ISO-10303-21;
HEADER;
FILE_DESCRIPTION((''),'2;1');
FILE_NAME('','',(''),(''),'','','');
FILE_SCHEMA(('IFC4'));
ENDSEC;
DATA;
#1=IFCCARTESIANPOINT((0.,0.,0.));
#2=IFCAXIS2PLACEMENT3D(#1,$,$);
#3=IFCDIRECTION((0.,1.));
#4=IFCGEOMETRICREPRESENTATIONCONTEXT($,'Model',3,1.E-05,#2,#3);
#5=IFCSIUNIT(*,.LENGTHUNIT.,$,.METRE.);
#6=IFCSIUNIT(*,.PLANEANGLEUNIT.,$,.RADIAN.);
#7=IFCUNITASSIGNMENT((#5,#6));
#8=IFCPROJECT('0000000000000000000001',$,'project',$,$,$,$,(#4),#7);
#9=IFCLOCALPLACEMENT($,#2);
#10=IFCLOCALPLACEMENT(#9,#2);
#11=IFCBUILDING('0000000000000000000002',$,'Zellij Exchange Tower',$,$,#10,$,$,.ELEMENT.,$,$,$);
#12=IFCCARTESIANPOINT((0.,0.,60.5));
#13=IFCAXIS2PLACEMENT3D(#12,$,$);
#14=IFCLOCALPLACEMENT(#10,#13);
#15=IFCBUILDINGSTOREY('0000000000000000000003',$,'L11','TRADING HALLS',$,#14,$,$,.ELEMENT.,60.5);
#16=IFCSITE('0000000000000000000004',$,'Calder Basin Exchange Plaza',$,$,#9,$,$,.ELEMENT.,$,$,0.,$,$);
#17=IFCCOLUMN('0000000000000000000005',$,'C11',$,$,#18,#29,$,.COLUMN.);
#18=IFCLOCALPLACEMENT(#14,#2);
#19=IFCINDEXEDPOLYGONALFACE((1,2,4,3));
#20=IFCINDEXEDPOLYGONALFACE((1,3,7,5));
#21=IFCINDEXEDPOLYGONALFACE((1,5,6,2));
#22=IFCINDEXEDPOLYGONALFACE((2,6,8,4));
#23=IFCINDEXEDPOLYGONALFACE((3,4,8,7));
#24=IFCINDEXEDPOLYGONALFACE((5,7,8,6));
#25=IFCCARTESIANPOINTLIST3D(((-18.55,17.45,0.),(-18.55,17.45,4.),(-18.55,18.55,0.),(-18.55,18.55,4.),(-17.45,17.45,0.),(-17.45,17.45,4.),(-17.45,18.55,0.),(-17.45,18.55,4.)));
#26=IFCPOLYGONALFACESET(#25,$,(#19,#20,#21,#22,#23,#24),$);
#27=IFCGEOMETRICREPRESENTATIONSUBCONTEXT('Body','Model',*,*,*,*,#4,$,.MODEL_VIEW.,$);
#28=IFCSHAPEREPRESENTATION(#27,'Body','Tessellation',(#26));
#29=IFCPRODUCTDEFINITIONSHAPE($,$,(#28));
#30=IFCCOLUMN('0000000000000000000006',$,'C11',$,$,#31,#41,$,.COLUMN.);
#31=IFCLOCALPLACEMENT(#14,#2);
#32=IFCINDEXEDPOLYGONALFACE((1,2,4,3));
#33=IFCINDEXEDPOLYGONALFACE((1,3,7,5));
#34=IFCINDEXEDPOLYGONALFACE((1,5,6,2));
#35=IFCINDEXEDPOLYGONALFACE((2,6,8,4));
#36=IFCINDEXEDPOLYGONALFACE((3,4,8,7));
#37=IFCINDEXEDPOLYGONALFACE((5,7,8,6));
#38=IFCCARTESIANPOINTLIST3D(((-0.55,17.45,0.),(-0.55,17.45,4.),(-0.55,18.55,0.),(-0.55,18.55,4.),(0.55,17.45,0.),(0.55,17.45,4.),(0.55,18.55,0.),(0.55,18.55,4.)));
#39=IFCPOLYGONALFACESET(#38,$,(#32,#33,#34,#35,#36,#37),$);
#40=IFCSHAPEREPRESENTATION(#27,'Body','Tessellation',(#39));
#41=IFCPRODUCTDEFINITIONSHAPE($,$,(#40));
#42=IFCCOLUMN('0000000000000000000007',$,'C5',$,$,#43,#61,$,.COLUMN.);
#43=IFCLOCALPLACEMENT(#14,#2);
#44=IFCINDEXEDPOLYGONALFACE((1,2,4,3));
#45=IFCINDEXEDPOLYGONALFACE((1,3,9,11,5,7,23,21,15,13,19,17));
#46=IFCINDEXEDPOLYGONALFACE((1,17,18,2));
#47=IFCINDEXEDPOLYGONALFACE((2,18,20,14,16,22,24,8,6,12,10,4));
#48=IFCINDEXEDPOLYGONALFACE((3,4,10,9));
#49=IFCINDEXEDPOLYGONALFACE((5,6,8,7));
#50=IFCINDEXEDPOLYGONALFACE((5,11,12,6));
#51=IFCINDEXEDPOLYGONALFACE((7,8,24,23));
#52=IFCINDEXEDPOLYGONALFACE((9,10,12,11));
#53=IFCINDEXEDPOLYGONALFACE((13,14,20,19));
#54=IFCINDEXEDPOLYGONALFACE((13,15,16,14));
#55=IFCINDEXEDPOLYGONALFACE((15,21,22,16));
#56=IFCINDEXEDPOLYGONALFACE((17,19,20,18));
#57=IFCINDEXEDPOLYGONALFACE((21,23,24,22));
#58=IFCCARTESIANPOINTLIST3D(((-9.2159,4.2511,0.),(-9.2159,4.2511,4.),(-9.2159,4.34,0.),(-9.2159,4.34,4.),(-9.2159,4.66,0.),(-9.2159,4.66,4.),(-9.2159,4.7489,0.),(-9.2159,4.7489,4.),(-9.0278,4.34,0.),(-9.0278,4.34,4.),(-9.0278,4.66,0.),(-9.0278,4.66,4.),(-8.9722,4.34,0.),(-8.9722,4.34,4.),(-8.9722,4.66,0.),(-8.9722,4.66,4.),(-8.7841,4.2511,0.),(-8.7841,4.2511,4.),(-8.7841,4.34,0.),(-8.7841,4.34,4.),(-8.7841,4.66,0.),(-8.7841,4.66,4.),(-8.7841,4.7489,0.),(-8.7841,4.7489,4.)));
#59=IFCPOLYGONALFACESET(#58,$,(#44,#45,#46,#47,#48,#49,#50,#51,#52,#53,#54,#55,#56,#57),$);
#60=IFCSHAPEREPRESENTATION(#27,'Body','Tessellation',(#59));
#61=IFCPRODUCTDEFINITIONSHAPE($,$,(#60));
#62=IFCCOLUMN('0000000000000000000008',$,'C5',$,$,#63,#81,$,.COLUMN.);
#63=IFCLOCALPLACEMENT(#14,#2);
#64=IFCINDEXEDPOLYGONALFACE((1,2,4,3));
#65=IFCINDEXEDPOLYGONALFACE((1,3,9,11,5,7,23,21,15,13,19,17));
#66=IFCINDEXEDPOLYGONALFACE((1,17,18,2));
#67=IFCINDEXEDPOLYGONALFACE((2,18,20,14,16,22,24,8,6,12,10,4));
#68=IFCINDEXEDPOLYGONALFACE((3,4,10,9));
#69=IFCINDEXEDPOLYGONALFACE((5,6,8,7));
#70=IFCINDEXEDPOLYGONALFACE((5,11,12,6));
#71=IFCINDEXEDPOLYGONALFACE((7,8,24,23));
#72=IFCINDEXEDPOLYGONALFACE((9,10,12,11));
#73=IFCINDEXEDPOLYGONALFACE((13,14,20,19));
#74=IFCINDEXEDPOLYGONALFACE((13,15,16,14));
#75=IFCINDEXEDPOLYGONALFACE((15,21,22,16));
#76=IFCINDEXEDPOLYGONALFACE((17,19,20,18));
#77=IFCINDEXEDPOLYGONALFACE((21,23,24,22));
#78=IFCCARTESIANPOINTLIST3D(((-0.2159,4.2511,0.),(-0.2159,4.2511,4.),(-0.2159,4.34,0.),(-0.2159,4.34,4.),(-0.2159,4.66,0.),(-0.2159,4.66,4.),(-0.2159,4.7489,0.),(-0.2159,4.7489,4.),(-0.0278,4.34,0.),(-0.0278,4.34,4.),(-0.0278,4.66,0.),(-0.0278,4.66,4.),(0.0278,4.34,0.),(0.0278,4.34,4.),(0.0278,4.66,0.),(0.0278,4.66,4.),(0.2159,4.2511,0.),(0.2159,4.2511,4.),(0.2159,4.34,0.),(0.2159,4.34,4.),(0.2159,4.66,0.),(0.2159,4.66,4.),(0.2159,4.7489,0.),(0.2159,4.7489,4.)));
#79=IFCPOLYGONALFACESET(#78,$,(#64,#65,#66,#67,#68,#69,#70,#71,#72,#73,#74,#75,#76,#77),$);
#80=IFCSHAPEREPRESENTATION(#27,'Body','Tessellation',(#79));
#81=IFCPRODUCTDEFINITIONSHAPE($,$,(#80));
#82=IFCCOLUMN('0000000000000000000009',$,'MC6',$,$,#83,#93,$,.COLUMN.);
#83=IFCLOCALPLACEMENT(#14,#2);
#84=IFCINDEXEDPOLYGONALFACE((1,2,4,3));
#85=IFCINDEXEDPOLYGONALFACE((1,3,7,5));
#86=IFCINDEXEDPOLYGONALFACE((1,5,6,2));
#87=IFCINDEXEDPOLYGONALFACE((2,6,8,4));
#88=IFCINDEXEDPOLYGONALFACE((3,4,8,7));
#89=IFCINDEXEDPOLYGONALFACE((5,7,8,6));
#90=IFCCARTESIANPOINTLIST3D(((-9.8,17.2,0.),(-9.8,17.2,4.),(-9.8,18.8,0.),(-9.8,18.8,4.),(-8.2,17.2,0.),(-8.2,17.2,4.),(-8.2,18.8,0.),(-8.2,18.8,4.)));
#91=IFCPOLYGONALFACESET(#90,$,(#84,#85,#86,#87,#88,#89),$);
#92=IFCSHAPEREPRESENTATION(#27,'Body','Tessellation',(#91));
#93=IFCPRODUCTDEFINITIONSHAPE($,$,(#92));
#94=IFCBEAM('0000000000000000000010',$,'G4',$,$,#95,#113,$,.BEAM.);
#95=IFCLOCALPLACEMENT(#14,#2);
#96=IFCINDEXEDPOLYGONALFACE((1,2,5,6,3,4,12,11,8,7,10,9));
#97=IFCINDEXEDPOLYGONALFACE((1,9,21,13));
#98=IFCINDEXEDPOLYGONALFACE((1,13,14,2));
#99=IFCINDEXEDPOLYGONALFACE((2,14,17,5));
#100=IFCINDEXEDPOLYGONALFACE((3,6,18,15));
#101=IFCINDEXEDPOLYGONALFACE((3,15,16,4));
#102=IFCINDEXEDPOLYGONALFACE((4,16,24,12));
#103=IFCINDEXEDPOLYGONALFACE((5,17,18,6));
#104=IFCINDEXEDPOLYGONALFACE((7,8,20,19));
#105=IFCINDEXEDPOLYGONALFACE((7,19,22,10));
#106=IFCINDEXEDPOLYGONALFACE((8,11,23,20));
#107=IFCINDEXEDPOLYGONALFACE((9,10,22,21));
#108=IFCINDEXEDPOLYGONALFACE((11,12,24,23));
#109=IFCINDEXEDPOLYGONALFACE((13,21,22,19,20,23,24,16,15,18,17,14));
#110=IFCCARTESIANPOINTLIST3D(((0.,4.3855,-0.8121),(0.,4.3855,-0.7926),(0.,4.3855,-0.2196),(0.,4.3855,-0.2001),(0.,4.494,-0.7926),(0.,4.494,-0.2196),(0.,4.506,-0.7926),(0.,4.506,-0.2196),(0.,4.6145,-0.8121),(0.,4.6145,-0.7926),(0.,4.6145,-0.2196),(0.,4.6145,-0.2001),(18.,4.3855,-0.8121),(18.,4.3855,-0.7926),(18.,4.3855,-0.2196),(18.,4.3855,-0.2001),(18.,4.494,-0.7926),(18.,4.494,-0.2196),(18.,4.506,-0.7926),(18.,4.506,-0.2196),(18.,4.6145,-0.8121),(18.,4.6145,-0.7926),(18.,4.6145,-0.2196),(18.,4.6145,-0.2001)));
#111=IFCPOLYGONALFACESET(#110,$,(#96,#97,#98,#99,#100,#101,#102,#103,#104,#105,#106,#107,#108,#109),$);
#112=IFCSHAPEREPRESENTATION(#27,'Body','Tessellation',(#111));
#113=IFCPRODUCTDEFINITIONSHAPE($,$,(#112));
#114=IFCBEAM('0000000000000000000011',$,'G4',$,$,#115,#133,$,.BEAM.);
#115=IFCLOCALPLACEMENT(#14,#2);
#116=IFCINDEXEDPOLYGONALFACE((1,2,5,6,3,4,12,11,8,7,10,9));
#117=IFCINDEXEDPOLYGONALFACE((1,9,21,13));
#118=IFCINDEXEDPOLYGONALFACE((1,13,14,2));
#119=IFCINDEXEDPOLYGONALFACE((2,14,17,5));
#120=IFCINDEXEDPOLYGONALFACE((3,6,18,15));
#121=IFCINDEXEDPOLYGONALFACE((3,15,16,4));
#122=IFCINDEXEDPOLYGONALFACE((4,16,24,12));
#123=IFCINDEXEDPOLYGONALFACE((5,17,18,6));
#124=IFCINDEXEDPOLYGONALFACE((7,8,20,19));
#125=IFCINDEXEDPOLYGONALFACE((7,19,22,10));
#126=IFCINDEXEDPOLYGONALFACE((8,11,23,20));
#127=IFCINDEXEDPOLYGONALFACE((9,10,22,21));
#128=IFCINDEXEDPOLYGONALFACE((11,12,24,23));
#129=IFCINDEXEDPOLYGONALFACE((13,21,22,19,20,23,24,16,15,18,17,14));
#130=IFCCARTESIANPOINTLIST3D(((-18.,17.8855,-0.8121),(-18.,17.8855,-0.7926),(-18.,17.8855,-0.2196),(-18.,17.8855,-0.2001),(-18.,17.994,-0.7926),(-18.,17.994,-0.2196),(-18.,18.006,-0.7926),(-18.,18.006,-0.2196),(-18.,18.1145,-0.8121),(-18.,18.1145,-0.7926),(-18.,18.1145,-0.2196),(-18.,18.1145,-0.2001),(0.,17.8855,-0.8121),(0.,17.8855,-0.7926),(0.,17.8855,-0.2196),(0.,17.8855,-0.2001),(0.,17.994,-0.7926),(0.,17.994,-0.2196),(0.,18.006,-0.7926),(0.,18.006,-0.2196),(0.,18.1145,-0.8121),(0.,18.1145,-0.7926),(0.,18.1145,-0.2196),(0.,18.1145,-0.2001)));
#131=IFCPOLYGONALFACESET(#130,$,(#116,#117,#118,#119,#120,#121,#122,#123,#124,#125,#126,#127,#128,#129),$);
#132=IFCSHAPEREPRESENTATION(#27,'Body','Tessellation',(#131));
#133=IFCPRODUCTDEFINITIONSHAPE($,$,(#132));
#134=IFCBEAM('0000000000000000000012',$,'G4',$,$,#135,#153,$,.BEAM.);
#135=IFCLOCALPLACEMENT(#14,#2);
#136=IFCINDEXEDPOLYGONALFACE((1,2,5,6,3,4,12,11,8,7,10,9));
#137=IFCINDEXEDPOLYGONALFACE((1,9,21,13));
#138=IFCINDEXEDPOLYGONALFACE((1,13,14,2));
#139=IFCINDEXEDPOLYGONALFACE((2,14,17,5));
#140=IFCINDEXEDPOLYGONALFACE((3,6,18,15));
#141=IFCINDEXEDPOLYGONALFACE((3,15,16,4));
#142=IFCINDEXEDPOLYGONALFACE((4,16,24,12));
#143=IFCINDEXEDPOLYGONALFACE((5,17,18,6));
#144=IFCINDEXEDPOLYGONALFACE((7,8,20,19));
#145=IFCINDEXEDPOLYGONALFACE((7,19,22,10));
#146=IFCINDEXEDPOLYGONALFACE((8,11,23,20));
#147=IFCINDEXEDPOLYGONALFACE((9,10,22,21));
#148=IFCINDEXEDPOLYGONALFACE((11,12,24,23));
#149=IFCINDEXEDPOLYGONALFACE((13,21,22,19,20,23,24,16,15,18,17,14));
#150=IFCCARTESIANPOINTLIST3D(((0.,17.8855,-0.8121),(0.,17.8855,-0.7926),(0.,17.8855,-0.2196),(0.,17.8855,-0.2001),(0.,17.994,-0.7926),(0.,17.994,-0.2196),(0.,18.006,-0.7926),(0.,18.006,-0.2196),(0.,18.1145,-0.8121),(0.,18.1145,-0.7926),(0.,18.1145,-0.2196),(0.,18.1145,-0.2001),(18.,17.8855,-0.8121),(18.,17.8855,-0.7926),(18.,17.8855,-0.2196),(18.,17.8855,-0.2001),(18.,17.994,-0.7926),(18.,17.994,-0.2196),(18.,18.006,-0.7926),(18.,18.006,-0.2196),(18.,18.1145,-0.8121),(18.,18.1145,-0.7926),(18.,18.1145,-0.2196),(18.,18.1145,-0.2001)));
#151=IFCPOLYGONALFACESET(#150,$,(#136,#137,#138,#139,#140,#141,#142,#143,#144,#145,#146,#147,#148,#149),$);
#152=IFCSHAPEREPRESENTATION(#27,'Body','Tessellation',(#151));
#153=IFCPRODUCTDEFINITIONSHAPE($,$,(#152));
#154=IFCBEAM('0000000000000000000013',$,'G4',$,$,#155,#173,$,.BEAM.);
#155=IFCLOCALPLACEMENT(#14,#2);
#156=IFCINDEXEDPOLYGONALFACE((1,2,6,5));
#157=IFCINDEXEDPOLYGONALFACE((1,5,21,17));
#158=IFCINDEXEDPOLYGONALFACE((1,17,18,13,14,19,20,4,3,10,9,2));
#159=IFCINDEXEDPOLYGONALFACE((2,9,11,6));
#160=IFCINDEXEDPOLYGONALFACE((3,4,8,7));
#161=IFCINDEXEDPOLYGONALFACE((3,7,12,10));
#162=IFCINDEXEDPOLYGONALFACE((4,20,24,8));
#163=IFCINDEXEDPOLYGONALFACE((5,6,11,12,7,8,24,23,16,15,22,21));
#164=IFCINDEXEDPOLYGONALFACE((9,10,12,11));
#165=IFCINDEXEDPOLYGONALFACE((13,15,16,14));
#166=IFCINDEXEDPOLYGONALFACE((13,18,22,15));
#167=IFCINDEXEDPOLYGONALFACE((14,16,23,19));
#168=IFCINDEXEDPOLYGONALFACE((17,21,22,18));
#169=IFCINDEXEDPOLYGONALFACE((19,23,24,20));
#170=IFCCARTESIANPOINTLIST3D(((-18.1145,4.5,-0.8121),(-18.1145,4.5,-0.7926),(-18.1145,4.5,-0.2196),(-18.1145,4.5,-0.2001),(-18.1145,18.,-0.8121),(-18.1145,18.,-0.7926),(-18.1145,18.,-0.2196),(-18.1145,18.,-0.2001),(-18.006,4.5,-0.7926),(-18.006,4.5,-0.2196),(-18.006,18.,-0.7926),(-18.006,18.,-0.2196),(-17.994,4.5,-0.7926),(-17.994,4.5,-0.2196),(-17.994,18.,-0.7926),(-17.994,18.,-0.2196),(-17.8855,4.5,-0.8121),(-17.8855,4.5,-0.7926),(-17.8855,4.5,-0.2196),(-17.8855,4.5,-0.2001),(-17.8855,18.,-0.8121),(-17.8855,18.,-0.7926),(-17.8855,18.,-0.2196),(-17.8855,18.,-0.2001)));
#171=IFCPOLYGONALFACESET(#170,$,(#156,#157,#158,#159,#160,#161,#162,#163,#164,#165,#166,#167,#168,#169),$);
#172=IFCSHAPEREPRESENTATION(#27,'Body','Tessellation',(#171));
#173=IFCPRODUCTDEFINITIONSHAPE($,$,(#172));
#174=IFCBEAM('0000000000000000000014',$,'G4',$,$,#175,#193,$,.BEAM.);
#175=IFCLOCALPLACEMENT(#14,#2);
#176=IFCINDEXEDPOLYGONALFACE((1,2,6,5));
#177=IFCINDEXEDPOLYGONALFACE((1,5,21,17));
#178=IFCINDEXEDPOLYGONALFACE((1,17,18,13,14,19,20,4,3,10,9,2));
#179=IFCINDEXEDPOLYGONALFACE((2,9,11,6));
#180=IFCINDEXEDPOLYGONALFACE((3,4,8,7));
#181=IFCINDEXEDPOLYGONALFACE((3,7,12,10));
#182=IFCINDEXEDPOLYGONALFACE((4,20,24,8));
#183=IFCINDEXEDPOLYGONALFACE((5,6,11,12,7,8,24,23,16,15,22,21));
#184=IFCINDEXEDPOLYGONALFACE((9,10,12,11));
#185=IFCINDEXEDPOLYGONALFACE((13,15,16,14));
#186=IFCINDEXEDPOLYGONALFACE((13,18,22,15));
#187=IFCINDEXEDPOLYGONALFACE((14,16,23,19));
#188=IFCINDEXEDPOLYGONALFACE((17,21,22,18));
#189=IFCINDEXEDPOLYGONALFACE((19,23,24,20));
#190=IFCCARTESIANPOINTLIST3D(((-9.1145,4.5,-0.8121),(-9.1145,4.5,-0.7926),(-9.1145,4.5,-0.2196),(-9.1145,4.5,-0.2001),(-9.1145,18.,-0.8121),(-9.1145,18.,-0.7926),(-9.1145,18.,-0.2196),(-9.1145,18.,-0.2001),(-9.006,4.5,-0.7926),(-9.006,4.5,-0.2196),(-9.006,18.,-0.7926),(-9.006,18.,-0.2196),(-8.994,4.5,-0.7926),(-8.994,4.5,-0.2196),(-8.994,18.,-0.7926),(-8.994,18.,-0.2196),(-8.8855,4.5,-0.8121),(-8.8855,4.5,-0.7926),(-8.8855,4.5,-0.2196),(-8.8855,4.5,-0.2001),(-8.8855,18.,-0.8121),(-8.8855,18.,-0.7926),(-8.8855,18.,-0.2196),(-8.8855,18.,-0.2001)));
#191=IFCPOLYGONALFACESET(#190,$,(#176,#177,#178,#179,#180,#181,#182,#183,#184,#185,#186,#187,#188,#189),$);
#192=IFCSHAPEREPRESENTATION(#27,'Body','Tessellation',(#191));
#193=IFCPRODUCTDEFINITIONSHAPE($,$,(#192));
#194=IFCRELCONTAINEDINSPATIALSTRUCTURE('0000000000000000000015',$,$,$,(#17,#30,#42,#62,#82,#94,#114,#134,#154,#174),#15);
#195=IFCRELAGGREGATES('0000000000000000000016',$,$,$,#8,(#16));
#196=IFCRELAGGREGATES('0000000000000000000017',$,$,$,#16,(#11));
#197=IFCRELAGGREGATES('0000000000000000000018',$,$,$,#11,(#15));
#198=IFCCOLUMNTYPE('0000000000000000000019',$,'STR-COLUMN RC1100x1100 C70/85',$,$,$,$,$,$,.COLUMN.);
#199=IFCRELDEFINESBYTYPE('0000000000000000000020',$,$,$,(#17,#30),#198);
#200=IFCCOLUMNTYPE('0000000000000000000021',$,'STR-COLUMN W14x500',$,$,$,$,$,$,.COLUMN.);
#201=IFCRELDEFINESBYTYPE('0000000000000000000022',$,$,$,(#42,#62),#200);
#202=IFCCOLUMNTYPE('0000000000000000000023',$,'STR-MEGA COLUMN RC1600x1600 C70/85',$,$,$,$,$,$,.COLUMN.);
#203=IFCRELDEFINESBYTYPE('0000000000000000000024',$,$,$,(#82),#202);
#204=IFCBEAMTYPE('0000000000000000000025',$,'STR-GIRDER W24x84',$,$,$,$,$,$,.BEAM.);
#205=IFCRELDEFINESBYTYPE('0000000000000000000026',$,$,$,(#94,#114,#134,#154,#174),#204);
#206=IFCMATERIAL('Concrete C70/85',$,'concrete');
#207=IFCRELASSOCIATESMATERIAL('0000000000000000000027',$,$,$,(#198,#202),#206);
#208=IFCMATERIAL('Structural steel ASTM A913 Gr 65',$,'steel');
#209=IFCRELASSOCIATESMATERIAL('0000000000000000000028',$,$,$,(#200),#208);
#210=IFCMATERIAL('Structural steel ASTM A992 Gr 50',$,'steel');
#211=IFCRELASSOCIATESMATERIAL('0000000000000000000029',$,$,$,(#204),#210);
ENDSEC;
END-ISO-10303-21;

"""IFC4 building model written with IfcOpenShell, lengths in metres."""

from ifc_helpers import new_model, si_unit, direction, frame, origin, origin_2d, place, context, subcontext, project, spatial, rectangle, i_section, extrude, material, material_profile, profile_set, type_object, element, save


model = new_model("IFC4")

# Units and contexts
model_context = context("Model", 3, precision=1e-05, world=origin(), true_north=direction((0.0, 1.0)))
body_context = subcontext(model_context, "Body", "Model", "MODEL_VIEW")
ifc_project = project(units=[si_unit("LENGTHUNIT", "METRE"), si_unit("PLANEANGLEUNIT", "RADIAN")], contexts=[model_context])

# Site, building, storey
site_placement = place(None, origin())
site = spatial("IfcSite", under=ifc_project, at=site_placement, Name="Calder Basin Exchange Plaza", CompositionType="ELEMENT", RefElevation=0.0)
building_placement = place(site_placement, origin())
building = spatial("IfcBuilding", under=site, at=building_placement, Name="Zellij Exchange Tower", CompositionType="ELEMENT")
storey_placement = place(building_placement, frame((0.0, 0.0, 60.5)))
storey = spatial("IfcBuildingStorey", under=building, at=storey_placement, Name="L11", Description="TRADING HALLS", CompositionType="ELEMENT", Elevation=60.5)

# Columns
ifc_material_1 = material(Name="Concrete C70/85", Category="concrete")
ifc_material_profile_1 = material_profile(ifc_material_1, rectangle(XDim=1.1001, YDim=1.1001, at=origin_2d()), Name="STR-COLUMN RC1100x1100 C70/85")
ifc_profile_set_1 = profile_set([ifc_material_profile_1], Name="Concrete C70/85")
column_type_1 = type_object("IfcColumnType", Name="STR-COLUMN RC1100x1100 C70/85", PredefinedType="COLUMN", material=ifc_profile_set_1)
for number, where, z_axis, x_axis, name in (
    (1, (-18.0, 18.0, 0.0), (0.0, 0.0, 1.0), (1.0, 0.0, 0.0), "C11"),
    (2, (0.0, 18.0, 0.0), (0.0, 0.0, 1.0), (1.0, 0.0, 0.0), "C11"),
):
    element("IfcColumn", number, at=place(storey_placement, frame(where, z_axis=z_axis, x_axis=x_axis)), inside=storey, type_object=column_type_1, Name=name, PredefinedType="COLUMN", context=body_context, shape_type="SweptSolid", body=[
        extrude(rectangle(XDim=1.1001, YDim=1.1001, at=origin_2d()), origin(), (0.0, 0.0, 1.0), 4.0),
    ])
ifc_material_2 = material(Name="Structural steel ASTM A913 Gr 65", Category="steel")
ifc_material_profile_2 = material_profile(ifc_material_2, i_section(OverallWidth=0.4319, OverallDepth=0.4978, WebThickness=0.0557, FlangeThickness=0.0889, at=origin_2d()), Name="W14x500")
ifc_profile_set_2 = profile_set([ifc_material_profile_2], Name="Structural steel ASTM A913 Gr 65")
column_type_2 = type_object("IfcColumnType", Name="STR-COLUMN W14x500", PredefinedType="COLUMN", material=ifc_profile_set_2)
for number, where, z_axis, x_axis, name in (
    (3, (-9.0, 4.5, 0.0), (0.0, 0.0, 1.0), (1.0, 0.0, 0.0), "C5"),
    (4, (0.0, 4.5, 0.0), (0.0, 0.0, 1.0), (1.0, 0.0, 0.0), "C5"),
):
    element("IfcColumn", number, at=place(storey_placement, frame(where, z_axis=z_axis, x_axis=x_axis)), inside=storey, type_object=column_type_2, Name=name, PredefinedType="COLUMN", context=body_context, shape_type="SweptSolid", body=[
        extrude(i_section(OverallWidth=0.4319, OverallDepth=0.4978, WebThickness=0.0557, FlangeThickness=0.0889, at=origin_2d()), origin(), (0.0, 0.0, 1.0), 4.0),
    ])
ifc_material_profile_3 = material_profile(ifc_material_1, rectangle(XDim=1.6001, YDim=1.6001, at=origin_2d()), Name="STR-MEGA COLUMN RC1600x1600 C70/85")
ifc_profile_set_3 = profile_set([ifc_material_profile_3], Name="Concrete C70/85")
column_type_3 = type_object("IfcColumnType", Name="STR-MEGA COLUMN RC1600x1600 C70/85", PredefinedType="COLUMN", material=ifc_profile_set_3)
column_placement = place(storey_placement, frame((-9.0, 18.0, 0.0), z_axis=(0.0, 0.0, 1.0), x_axis=(1.0, 0.0, 0.0)))
element("IfcColumn", 5, at=column_placement, inside=storey, type_object=column_type_3, Name="MC6", PredefinedType="COLUMN", context=body_context, shape_type="SweptSolid", body=[
    extrude(rectangle(XDim=1.6001, YDim=1.6001, at=origin_2d()), origin(), (0.0, 0.0, 1.0), 4.0),
])

# Beams
ifc_material_3 = material(Name="Structural steel ASTM A992 Gr 50", Category="steel")
ifc_material_profile_4 = material_profile(ifc_material_3, i_section(OverallWidth=0.229, OverallDepth=0.6121, WebThickness=0.012, FlangeThickness=0.0195, at=origin_2d()), Name="W24x84")
ifc_profile_set_4 = profile_set([ifc_material_profile_4], Name="Structural steel ASTM A992 Gr 50")
beam_type = type_object("IfcBeamType", Name="STR-GIRDER W24x84", PredefinedType="BEAM", material=ifc_profile_set_4)
for number, where, z_axis, x_axis, name in (
    (6, (0.0, 4.5, -0.5061), (1.0, 0.0, 0.0), (0.0, 1.0, 0.0), "G4"),
    (7, (-18.0, 18.0, -0.5061), (1.0, 0.0, 0.0), (0.0, 1.0, 0.0), "G4"),
    (8, (0.0, 18.0, -0.5061), (1.0, 0.0, 0.0), (0.0, 1.0, 0.0), "G4"),
):
    element("IfcBeam", number, at=place(storey_placement, frame(where, z_axis=z_axis, x_axis=x_axis)), inside=storey, type_object=beam_type, Name=name, PredefinedType="BEAM", context=body_context, shape_type="SweptSolid", body=[
        extrude(i_section(OverallWidth=0.229, OverallDepth=0.6121, WebThickness=0.012, FlangeThickness=0.0195, at=origin_2d()), origin(), (0.0, 0.0, 1.0), 18.0),
    ])
for number, where, z_axis, x_axis, name in (
    (9, (-18.0, 4.5, -0.5061), (0.0, 1.0, 0.0), (-1.0, 0.0, 0.0), "G4"),
    (10, (-9.0, 4.5, -0.5061), (0.0, 1.0, 0.0), (-1.0, 0.0, 0.0), "G4"),
):
    element("IfcBeam", number, at=place(storey_placement, frame(where, z_axis=z_axis, x_axis=x_axis)), inside=storey, type_object=beam_type, Name=name, PredefinedType="BEAM", context=body_context, shape_type="SweptSolid", body=[
        extrude(i_section(OverallWidth=0.229, OverallDepth=0.6121, WebThickness=0.012, FlangeThickness=0.0195, at=origin_2d()), origin(), (0.0, 0.0, 1.0), 13.5),
    ])

save(model, "model.ifc")
